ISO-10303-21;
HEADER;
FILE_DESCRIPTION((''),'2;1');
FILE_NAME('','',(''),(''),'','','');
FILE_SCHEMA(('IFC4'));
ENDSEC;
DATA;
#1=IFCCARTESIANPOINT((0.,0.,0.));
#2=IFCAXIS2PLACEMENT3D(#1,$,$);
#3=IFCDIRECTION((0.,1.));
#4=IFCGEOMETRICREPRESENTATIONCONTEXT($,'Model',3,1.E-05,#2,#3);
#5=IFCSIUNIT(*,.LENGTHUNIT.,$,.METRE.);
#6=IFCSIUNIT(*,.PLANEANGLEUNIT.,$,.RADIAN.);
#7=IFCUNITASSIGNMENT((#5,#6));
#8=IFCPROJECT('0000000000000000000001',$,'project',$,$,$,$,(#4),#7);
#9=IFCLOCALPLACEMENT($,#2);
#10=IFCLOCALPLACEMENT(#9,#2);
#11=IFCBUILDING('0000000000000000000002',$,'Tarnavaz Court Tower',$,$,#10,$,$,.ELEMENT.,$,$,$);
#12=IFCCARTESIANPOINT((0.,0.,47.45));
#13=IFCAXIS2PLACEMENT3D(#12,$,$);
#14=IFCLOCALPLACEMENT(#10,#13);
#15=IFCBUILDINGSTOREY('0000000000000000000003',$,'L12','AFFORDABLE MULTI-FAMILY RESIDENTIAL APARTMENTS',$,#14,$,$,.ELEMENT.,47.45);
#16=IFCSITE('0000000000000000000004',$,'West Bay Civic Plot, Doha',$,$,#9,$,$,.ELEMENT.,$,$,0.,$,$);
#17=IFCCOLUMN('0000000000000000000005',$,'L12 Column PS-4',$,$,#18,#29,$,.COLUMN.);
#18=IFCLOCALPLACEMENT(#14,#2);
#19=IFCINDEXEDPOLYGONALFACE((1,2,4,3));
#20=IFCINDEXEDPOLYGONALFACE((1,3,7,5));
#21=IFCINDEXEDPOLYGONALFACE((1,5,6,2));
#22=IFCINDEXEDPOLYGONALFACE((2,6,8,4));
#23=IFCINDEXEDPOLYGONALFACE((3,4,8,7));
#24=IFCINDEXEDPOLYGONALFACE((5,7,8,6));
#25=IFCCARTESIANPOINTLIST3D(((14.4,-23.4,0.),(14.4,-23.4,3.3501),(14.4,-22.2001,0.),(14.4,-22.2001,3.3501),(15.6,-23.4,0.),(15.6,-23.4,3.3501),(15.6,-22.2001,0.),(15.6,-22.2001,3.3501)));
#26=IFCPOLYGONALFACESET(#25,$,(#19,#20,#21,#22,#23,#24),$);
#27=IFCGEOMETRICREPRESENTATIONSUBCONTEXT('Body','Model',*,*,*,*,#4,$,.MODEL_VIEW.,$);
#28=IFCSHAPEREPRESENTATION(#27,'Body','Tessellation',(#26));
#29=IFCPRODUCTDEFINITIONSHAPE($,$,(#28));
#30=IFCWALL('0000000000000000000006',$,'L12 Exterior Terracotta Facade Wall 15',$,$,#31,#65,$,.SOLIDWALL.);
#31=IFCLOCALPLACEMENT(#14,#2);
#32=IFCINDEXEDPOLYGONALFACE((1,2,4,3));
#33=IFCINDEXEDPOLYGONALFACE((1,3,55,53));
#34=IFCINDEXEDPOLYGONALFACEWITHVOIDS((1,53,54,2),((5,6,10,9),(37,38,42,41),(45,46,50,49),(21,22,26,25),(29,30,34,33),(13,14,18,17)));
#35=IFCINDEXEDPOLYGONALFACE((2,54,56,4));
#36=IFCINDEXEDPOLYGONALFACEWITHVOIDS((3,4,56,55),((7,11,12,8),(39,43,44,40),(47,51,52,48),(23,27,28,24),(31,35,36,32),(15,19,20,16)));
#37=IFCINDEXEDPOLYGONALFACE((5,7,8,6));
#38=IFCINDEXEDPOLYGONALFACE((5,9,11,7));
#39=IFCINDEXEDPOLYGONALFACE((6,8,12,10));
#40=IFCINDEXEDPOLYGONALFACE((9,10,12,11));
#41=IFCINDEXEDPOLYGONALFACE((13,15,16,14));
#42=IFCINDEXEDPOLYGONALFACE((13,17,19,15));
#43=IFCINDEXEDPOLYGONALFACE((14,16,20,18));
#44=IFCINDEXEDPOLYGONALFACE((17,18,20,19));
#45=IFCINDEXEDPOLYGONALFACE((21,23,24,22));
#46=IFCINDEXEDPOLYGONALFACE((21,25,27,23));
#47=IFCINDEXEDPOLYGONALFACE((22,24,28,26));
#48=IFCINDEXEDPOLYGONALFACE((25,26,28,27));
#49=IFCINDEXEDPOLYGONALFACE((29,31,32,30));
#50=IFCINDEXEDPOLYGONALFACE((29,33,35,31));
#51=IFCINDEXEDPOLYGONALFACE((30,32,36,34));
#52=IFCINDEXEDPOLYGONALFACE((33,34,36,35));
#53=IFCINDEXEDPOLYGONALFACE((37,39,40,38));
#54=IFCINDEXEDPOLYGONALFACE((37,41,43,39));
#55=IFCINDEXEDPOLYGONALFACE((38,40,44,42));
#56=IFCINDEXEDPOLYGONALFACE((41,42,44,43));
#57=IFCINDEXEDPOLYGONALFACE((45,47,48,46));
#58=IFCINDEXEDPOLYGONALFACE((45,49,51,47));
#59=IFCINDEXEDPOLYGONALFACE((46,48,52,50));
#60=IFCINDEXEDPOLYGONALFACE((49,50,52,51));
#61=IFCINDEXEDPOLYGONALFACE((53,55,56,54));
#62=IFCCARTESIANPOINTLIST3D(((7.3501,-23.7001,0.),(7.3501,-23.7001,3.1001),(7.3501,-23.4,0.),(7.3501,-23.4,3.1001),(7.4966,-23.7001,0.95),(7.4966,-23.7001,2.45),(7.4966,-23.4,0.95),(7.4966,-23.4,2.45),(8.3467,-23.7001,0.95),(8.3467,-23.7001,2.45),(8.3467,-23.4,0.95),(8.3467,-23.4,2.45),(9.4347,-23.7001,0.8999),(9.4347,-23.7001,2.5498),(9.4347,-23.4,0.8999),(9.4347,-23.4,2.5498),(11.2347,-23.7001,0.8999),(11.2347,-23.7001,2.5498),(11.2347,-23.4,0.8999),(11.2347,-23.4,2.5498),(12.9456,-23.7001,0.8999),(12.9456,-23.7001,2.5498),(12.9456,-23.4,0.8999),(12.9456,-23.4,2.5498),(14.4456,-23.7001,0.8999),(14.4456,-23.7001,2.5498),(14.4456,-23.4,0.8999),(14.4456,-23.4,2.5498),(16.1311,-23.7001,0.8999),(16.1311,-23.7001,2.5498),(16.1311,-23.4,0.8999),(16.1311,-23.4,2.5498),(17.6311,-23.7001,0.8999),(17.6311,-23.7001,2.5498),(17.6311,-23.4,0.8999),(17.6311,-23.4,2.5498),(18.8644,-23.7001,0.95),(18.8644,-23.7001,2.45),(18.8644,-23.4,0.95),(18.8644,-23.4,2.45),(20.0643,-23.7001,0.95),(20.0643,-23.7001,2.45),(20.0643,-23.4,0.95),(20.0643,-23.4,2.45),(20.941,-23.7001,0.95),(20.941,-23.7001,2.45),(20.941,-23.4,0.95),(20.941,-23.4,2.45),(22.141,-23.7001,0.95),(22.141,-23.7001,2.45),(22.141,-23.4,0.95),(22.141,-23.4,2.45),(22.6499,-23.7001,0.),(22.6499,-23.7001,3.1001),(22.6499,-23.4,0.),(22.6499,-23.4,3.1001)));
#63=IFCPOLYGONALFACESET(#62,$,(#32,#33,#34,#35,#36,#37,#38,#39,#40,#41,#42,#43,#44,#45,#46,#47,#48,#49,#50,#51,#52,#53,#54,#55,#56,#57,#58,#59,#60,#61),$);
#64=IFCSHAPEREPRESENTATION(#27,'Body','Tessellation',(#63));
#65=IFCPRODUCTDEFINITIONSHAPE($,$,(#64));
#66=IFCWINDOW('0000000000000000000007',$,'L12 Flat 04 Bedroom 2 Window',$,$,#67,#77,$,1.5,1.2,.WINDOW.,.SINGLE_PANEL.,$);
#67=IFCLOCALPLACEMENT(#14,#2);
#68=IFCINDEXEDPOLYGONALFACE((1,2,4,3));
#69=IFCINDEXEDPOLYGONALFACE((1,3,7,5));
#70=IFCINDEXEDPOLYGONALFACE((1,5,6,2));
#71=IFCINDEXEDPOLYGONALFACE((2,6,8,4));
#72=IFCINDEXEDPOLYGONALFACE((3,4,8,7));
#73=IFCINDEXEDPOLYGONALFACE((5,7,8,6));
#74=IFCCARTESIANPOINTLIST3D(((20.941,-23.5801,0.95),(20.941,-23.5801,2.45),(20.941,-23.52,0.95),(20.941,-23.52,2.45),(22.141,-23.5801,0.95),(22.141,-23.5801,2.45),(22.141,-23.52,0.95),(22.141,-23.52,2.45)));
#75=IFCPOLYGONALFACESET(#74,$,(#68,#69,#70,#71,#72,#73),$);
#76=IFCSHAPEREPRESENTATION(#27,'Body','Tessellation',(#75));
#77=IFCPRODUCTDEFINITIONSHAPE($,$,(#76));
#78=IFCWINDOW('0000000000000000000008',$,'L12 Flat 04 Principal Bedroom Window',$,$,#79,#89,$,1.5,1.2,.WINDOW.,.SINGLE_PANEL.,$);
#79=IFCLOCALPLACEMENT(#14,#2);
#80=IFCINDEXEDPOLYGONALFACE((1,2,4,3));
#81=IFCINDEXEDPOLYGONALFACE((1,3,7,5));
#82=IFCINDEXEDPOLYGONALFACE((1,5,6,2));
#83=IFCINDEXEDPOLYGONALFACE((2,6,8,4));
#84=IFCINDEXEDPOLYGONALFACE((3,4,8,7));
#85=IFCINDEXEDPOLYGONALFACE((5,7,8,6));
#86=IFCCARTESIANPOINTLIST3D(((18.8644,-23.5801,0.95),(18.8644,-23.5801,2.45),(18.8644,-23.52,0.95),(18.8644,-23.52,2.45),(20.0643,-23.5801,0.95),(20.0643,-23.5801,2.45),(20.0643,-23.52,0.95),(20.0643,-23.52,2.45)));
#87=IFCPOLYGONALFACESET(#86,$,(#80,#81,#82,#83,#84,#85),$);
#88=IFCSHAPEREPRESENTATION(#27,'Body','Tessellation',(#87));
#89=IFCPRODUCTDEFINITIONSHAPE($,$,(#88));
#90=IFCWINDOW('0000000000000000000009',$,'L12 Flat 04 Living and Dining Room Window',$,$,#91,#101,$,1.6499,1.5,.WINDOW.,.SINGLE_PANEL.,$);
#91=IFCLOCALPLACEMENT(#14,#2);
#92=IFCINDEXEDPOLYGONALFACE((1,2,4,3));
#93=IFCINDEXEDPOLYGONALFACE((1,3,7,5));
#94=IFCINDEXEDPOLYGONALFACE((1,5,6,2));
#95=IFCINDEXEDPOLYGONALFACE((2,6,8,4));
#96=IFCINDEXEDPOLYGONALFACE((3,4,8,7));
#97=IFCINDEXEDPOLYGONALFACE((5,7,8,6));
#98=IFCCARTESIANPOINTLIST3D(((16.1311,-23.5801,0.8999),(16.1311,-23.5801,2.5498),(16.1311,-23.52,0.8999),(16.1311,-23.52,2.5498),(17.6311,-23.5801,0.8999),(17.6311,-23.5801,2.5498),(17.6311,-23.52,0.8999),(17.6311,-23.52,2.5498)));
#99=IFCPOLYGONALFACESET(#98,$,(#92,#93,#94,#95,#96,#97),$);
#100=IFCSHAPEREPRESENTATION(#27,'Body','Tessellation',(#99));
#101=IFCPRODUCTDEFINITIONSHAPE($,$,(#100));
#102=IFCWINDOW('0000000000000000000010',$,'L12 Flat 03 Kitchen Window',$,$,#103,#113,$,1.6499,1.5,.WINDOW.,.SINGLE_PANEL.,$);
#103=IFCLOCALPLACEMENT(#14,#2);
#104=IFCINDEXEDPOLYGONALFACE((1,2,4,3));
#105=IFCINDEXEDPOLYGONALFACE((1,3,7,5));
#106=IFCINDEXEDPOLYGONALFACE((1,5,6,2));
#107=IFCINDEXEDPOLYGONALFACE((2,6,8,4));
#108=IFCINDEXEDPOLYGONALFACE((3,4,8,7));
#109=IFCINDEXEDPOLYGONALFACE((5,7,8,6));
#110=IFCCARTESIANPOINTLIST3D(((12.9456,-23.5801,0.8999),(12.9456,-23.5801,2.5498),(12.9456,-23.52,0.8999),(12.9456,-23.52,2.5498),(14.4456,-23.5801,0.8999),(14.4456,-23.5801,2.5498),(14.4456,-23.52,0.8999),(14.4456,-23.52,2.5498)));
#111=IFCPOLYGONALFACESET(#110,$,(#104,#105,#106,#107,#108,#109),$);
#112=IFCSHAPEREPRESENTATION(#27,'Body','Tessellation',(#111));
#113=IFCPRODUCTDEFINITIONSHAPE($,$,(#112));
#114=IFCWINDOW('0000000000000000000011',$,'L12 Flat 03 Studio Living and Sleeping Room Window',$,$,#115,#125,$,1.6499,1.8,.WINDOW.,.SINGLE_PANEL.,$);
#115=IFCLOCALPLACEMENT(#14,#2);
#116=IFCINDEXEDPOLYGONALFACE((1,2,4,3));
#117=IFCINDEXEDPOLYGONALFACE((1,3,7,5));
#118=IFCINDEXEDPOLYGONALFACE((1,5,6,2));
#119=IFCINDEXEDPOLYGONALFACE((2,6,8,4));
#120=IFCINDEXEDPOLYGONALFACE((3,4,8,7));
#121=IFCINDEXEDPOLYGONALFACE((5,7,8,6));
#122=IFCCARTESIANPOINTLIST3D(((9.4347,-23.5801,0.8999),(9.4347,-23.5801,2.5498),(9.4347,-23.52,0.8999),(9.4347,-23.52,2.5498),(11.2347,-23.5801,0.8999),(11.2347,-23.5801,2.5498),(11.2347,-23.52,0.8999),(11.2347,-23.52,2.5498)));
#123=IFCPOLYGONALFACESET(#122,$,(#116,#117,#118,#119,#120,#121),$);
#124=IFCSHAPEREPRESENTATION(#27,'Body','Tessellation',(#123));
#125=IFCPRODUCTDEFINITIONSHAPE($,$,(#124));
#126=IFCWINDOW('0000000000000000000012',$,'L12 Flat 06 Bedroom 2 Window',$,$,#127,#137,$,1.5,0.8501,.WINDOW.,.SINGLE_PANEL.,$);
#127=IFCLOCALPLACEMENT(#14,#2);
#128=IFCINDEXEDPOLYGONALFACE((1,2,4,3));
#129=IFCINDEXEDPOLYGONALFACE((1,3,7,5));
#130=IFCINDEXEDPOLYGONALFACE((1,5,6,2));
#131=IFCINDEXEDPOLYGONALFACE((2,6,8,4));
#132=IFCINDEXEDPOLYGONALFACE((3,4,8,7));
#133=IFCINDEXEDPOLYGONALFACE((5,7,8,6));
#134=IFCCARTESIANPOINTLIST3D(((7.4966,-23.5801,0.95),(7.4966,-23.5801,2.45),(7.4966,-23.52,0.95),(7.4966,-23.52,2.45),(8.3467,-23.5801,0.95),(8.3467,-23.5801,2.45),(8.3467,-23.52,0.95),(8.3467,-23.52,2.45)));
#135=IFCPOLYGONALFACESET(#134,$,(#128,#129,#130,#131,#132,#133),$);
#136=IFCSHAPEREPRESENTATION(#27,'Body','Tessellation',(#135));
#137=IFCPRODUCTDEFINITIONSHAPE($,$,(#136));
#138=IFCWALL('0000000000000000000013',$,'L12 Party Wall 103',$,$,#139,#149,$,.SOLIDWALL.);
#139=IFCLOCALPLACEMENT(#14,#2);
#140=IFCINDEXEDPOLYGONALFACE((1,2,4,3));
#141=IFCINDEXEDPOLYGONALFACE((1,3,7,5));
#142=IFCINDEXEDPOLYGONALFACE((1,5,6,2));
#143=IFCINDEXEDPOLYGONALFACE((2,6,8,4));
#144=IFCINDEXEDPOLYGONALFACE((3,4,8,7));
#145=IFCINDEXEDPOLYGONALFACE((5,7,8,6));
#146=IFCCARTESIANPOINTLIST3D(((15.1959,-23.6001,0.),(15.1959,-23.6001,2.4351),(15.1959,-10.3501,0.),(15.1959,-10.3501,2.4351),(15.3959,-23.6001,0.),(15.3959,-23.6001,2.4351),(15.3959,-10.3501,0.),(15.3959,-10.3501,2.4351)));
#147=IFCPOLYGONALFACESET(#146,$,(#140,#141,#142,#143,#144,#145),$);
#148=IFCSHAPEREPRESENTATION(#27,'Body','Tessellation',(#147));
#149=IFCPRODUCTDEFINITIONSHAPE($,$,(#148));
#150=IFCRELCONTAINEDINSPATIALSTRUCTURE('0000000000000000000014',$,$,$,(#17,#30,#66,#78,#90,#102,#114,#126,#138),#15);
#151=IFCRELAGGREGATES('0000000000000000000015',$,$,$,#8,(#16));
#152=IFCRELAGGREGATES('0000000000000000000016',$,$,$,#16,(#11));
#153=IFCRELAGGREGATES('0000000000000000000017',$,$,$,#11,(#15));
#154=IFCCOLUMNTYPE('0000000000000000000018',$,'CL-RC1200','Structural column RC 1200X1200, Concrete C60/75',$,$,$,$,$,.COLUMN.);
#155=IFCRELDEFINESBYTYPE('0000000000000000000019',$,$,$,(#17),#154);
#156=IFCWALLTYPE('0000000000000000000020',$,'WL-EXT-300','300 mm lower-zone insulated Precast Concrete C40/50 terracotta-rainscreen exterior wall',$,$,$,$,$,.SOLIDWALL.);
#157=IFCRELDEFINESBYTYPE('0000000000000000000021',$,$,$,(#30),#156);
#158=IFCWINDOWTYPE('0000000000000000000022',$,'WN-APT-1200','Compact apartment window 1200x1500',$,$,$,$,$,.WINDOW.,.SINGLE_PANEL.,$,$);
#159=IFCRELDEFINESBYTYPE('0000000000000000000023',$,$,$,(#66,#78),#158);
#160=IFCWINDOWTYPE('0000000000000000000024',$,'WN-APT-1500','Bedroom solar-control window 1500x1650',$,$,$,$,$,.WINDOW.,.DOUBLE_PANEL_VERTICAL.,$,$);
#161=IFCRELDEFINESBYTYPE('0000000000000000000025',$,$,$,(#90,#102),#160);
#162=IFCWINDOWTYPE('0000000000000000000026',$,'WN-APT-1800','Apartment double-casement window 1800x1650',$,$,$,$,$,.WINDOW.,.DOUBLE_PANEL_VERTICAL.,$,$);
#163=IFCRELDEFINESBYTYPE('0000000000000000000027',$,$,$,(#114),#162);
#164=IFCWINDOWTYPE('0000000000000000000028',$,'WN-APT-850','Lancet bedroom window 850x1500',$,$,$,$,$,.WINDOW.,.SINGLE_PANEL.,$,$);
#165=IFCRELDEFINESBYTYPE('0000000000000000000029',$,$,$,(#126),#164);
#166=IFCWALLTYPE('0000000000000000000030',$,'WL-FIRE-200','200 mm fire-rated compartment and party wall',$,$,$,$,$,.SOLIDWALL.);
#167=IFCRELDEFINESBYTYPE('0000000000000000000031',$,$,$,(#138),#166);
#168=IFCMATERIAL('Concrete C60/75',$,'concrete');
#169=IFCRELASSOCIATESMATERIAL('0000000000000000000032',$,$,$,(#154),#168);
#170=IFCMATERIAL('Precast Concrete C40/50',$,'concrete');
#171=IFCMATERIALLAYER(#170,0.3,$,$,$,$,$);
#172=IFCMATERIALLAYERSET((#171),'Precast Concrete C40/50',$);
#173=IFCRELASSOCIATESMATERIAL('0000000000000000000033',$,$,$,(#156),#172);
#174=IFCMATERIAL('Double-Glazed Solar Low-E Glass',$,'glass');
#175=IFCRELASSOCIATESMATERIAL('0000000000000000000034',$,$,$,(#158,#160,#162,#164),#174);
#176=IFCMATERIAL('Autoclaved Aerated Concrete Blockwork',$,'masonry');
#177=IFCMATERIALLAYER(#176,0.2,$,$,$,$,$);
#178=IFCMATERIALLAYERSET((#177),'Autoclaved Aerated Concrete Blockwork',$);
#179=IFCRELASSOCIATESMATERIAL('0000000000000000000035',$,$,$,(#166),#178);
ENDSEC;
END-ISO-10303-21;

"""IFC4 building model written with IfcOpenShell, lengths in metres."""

from ifc_helpers import new_model, si_unit, direction, frame, frame_2d, origin, origin_2d, place, context, subcontext, project, spatial, rectangle, extrude, material, layer, layer_set, material_profile, profile_set, type_object, element, fill, save


model = new_model("IFC4")

# Units and contexts
model_context = context("Model", 3, precision=1e-05, world=origin(), true_north=direction((0.0, 1.0)))
body_context = subcontext(model_context, "Body", "Model", "MODEL_VIEW")
ifc_project = project(units=[si_unit("LENGTHUNIT", "METRE"), si_unit("PLANEANGLEUNIT", "RADIAN")], contexts=[model_context])

# Site, building, storey
site_placement = place(None, origin())
site = spatial("IfcSite", under=ifc_project, at=site_placement, Name="West Bay Civic Plot, Doha", CompositionType="ELEMENT", RefElevation=0.0)
building_placement = place(site_placement, origin())
building = spatial("IfcBuilding", under=site, at=building_placement, Name="Tarnavaz Court Tower", CompositionType="ELEMENT")
storey_placement = place(building_placement, frame((0.0, 0.0, 47.45)))
storey = spatial("IfcBuildingStorey", under=building, at=storey_placement, Name="L12", Description="AFFORDABLE MULTI-FAMILY RESIDENTIAL APARTMENTS", CompositionType="ELEMENT", Elevation=47.45)

# Column
ifc_material_1 = material(Name="Concrete C60/75", Category="concrete")
ifc_material_profile_1 = material_profile(ifc_material_1, rectangle(XDim=1.2, YDim=1.2, at=origin_2d()), Name="RC 1200X1200")
ifc_profile_set_1 = profile_set([ifc_material_profile_1], Name="Concrete C60/75")
column_type = type_object("IfcColumnType", Name="CL-RC1200", Description="Structural column RC 1200X1200, Concrete C60/75", PredefinedType="COLUMN", material=ifc_profile_set_1)
column_placement = place(storey_placement, frame((15.0, -22.8, 0.0), z_axis=(0.0, 0.0, 1.0), x_axis=(1.0, 0.0, 0.0)))
element("IfcColumn", 1, at=column_placement, inside=storey, type_object=column_type, Name="L12 Column PS-4", PredefinedType="COLUMN", context=body_context, shape_type="SweptSolid", body=[
    extrude(rectangle(XDim=1.2, YDim=1.2, at=origin_2d()), origin(), (0.0, 0.0, 1.0), 3.3501),
])

# Wall, openings, windows
ifc_material_2 = material(Name="Precast Concrete C40/50", Category="concrete")
ifc_layer_1 = layer(ifc_material_2, 0.3)
ifc_layer_set_1 = layer_set([ifc_layer_1], Name="Precast Concrete C40/50")
wall_type_1 = type_object("IfcWallType", Name="WL-EXT-300", Description="300 mm lower-zone insulated Precast Concrete C40/50 terracotta-rainscreen exterior wall", PredefinedType="SOLIDWALL", material=ifc_layer_set_1)
wall_1_placement = place(storey_placement, frame((22.6499, -23.55, 0.0), z_axis=(0.0, 0.0, 1.0), x_axis=(-1.0, 0.0, 0.0)))
wall_1 = element("IfcWall", 2, at=wall_1_placement, inside=storey, type_object=wall_type_1, Name="L12 Exterior Terracotta Facade Wall 15", PredefinedType="SOLIDWALL", context=body_context, shape_type="SweptSolid", body=[
    extrude(rectangle(XDim=15.2998, YDim=0.3, at=frame_2d((7.6499, 0.0))), origin(), (0.0, 0.0, 1.0), 3.1001),
])
opening_1_placement = place(wall_1_placement, frame((0.5088, 0.0, 0.95)))
opening_1 = element("IfcOpeningElement", 3, at=opening_1_placement, cuts=wall_1, PredefinedType="OPENING", context=body_context, shape_type="SweptSolid", body=[
    extrude(rectangle(XDim=1.2, YDim=1.5, at=frame_2d((0.6001, 0.75))), frame((0.0, 0.1599, 0.0), z_axis=(0.0, -1.0, 0.0), x_axis=(1.0, 0.0, 0.0)), (0.0, 0.0, 1.0), 0.3201),
])
opening_2_placement = place(wall_1_placement, frame((2.5854, 0.0, 0.95)))
opening_2 = element("IfcOpeningElement", 4, at=opening_2_placement, cuts=wall_1, PredefinedType="OPENING", context=body_context, shape_type="SweptSolid", body=[
    extrude(rectangle(XDim=1.2, YDim=1.5, at=frame_2d((0.6001, 0.75))), frame((0.0, 0.1599, 0.0), z_axis=(0.0, -1.0, 0.0), x_axis=(1.0, 0.0, 0.0)), (0.0, 0.0, 1.0), 0.3201),
])
opening_3_placement = place(wall_1_placement, frame((5.0188, 0.0, 0.8999)))
opening_3 = element("IfcOpeningElement", 5, at=opening_3_placement, cuts=wall_1, PredefinedType="OPENING", context=body_context, shape_type="SweptSolid", body=[
    extrude(rectangle(XDim=1.5, YDim=1.6499, at=frame_2d((0.75, 0.825))), frame((0.0, 0.1599, 0.0), z_axis=(0.0, -1.0, 0.0), x_axis=(1.0, 0.0, 0.0)), (0.0, 0.0, 1.0), 0.3201),
])
opening_4_placement = place(wall_1_placement, frame((8.2043, 0.0, 0.8999)))
opening_4 = element("IfcOpeningElement", 6, at=opening_4_placement, cuts=wall_1, PredefinedType="OPENING", context=body_context, shape_type="SweptSolid", body=[
    extrude(rectangle(XDim=1.5, YDim=1.6499, at=frame_2d((0.75, 0.825))), frame((0.0, 0.1599, 0.0), z_axis=(0.0, -1.0, 0.0), x_axis=(1.0, 0.0, 0.0)), (0.0, 0.0, 1.0), 0.3201),
])
opening_5_placement = place(wall_1_placement, frame((11.4153, 0.0, 0.8999)))
opening_5 = element("IfcOpeningElement", 7, at=opening_5_placement, cuts=wall_1, PredefinedType="OPENING", context=body_context, shape_type="SweptSolid", body=[
    extrude(rectangle(XDim=1.8, YDim=1.6499, at=frame_2d((0.8999, 0.825))), frame((0.0, 0.1599, 0.0), z_axis=(0.0, -1.0, 0.0), x_axis=(1.0, 0.0, 0.0)), (0.0, 0.0, 1.0), 0.3201),
])
opening_6_placement = place(wall_1_placement, frame((14.3032, 0.0, 0.95)))
opening_6 = element("IfcOpeningElement", 8, at=opening_6_placement, cuts=wall_1, PredefinedType="OPENING", context=body_context, shape_type="SweptSolid", body=[
    extrude(rectangle(XDim=0.8501, YDim=1.5, at=frame_2d((0.425, 0.75))), frame((0.0, 0.1599, 0.0), z_axis=(0.0, -1.0, 0.0), x_axis=(1.0, 0.0, 0.0)), (0.0, 0.0, 1.0), 0.3201),
])
ifc_material_3 = material(Name="Double-Glazed Solar Low-E Glass", Category="glass")
window_type_1 = type_object("IfcWindowType", Name="WN-APT-1200", Description="Compact apartment window 1200x1500", PartitioningType="SINGLE_PANEL", PredefinedType="WINDOW", material=ifc_material_3)
window_1_placement = place(opening_1_placement, origin())
window_1 = element("IfcWindow", 9, at=window_1_placement, inside=storey, type_object=window_type_1, Name="L12 Flat 04 Bedroom 2 Window", OverallHeight=1.5, OverallWidth=1.2, PartitioningType="SINGLE_PANEL", PredefinedType="WINDOW", context=body_context, shape_type="SweptSolid", body=[
    extrude(rectangle(XDim=1.2, YDim=1.5, at=frame_2d((0.6001, 0.75))), frame((0.0, 0.03, 0.0), z_axis=(0.0, -1.0, 0.0), x_axis=(1.0, 0.0, 0.0)), (0.0, 0.0, 1.0), 0.0601),
])
fill(opening_1, window_1)
window_2_placement = place(opening_2_placement, origin())
window_2 = element("IfcWindow", 10, at=window_2_placement, inside=storey, type_object=window_type_1, Name="L12 Flat 04 Principal Bedroom Window", OverallHeight=1.5, OverallWidth=1.2, PartitioningType="SINGLE_PANEL", PredefinedType="WINDOW", context=body_context, shape_type="SweptSolid", body=[
    extrude(rectangle(XDim=1.2, YDim=1.5, at=frame_2d((0.6001, 0.75))), frame((0.0, 0.03, 0.0), z_axis=(0.0, -1.0, 0.0), x_axis=(1.0, 0.0, 0.0)), (0.0, 0.0, 1.0), 0.0601),
])
fill(opening_2, window_2)
window_type_2 = type_object("IfcWindowType", Name="WN-APT-1500", Description="Bedroom solar-control window 1500x1650", PartitioningType="DOUBLE_PANEL_VERTICAL", PredefinedType="WINDOW", material=ifc_material_3)
window_3_placement = place(opening_3_placement, origin())
window_3 = element("IfcWindow", 11, at=window_3_placement, inside=storey, type_object=window_type_2, Name="L12 Flat 04 Living and Dining Room Window", OverallHeight=1.6499, OverallWidth=1.5, PartitioningType="SINGLE_PANEL", PredefinedType="WINDOW", context=body_context, shape_type="SweptSolid", body=[
    extrude(rectangle(XDim=1.5, YDim=1.6499, at=frame_2d((0.75, 0.825))), frame((0.0, 0.03, 0.0), z_axis=(0.0, -1.0, 0.0), x_axis=(1.0, 0.0, 0.0)), (0.0, 0.0, 1.0), 0.0601),
])
fill(opening_3, window_3)
window_4_placement = place(opening_4_placement, origin())
window_4 = element("IfcWindow", 12, at=window_4_placement, inside=storey, type_object=window_type_2, Name="L12 Flat 03 Kitchen Window", OverallHeight=1.6499, OverallWidth=1.5, PartitioningType="SINGLE_PANEL", PredefinedType="WINDOW", context=body_context, shape_type="SweptSolid", body=[
    extrude(rectangle(XDim=1.5, YDim=1.6499, at=frame_2d((0.75, 0.825))), frame((0.0, 0.03, 0.0), z_axis=(0.0, -1.0, 0.0), x_axis=(1.0, 0.0, 0.0)), (0.0, 0.0, 1.0), 0.0601),
])
fill(opening_4, window_4)
window_type_3 = type_object("IfcWindowType", Name="WN-APT-1800", Description="Apartment double-casement window 1800x1650", PartitioningType="DOUBLE_PANEL_VERTICAL", PredefinedType="WINDOW", material=ifc_material_3)
window_5_placement = place(opening_5_placement, origin())
window_5 = element("IfcWindow", 13, at=window_5_placement, inside=storey, type_object=window_type_3, Name="L12 Flat 03 Studio Living and Sleeping Room Window", OverallHeight=1.6499, OverallWidth=1.8, PartitioningType="SINGLE_PANEL", PredefinedType="WINDOW", context=body_context, shape_type="SweptSolid", body=[
    extrude(rectangle(XDim=1.8, YDim=1.6499, at=frame_2d((0.8999, 0.825))), frame((0.0, 0.03, 0.0), z_axis=(0.0, -1.0, 0.0), x_axis=(1.0, 0.0, 0.0)), (0.0, 0.0, 1.0), 0.0601),
])
fill(opening_5, window_5)
window_type_4 = type_object("IfcWindowType", Name="WN-APT-850", Description="Lancet bedroom window 850x1500", PartitioningType="SINGLE_PANEL", PredefinedType="WINDOW", material=ifc_material_3)
window_6_placement = place(opening_6_placement, origin())
window_6 = element("IfcWindow", 14, at=window_6_placement, inside=storey, type_object=window_type_4, Name="L12 Flat 06 Bedroom 2 Window", OverallHeight=1.5, OverallWidth=0.8501, PartitioningType="SINGLE_PANEL", PredefinedType="WINDOW", context=body_context, shape_type="SweptSolid", body=[
    extrude(rectangle(XDim=0.8501, YDim=1.5, at=frame_2d((0.425, 0.75))), frame((0.0, 0.03, 0.0), z_axis=(0.0, -1.0, 0.0), x_axis=(1.0, 0.0, 0.0)), (0.0, 0.0, 1.0), 0.0601),
])
fill(opening_6, window_6)

# Wall
ifc_material_4 = material(Name="Autoclaved Aerated Concrete Blockwork", Category="masonry")
ifc_layer_2 = layer(ifc_material_4, 0.2)
ifc_layer_set_2 = layer_set([ifc_layer_2], Name="Autoclaved Aerated Concrete Blockwork")
wall_type_2 = type_object("IfcWallType", Name="WL-FIRE-200", Description="200 mm fire-rated compartment and party wall", PredefinedType="SOLIDWALL", material=ifc_layer_set_2)
wall_2_placement = place(storey_placement, frame((15.2959, -23.6001, 0.0), z_axis=(0.0, 0.0, 1.0), x_axis=(0.0, 1.0, 0.0)))
element("IfcWall", 15, at=wall_2_placement, inside=storey, type_object=wall_type_2, Name="L12 Party Wall 103", PredefinedType="SOLIDWALL", context=body_context, shape_type="SweptSolid", body=[
    extrude(rectangle(XDim=13.25, YDim=0.2, at=frame_2d((6.625, 0.0))), origin(), (0.0, 0.0, 1.0), 2.4351),
])

save(model, "model.ifc")
